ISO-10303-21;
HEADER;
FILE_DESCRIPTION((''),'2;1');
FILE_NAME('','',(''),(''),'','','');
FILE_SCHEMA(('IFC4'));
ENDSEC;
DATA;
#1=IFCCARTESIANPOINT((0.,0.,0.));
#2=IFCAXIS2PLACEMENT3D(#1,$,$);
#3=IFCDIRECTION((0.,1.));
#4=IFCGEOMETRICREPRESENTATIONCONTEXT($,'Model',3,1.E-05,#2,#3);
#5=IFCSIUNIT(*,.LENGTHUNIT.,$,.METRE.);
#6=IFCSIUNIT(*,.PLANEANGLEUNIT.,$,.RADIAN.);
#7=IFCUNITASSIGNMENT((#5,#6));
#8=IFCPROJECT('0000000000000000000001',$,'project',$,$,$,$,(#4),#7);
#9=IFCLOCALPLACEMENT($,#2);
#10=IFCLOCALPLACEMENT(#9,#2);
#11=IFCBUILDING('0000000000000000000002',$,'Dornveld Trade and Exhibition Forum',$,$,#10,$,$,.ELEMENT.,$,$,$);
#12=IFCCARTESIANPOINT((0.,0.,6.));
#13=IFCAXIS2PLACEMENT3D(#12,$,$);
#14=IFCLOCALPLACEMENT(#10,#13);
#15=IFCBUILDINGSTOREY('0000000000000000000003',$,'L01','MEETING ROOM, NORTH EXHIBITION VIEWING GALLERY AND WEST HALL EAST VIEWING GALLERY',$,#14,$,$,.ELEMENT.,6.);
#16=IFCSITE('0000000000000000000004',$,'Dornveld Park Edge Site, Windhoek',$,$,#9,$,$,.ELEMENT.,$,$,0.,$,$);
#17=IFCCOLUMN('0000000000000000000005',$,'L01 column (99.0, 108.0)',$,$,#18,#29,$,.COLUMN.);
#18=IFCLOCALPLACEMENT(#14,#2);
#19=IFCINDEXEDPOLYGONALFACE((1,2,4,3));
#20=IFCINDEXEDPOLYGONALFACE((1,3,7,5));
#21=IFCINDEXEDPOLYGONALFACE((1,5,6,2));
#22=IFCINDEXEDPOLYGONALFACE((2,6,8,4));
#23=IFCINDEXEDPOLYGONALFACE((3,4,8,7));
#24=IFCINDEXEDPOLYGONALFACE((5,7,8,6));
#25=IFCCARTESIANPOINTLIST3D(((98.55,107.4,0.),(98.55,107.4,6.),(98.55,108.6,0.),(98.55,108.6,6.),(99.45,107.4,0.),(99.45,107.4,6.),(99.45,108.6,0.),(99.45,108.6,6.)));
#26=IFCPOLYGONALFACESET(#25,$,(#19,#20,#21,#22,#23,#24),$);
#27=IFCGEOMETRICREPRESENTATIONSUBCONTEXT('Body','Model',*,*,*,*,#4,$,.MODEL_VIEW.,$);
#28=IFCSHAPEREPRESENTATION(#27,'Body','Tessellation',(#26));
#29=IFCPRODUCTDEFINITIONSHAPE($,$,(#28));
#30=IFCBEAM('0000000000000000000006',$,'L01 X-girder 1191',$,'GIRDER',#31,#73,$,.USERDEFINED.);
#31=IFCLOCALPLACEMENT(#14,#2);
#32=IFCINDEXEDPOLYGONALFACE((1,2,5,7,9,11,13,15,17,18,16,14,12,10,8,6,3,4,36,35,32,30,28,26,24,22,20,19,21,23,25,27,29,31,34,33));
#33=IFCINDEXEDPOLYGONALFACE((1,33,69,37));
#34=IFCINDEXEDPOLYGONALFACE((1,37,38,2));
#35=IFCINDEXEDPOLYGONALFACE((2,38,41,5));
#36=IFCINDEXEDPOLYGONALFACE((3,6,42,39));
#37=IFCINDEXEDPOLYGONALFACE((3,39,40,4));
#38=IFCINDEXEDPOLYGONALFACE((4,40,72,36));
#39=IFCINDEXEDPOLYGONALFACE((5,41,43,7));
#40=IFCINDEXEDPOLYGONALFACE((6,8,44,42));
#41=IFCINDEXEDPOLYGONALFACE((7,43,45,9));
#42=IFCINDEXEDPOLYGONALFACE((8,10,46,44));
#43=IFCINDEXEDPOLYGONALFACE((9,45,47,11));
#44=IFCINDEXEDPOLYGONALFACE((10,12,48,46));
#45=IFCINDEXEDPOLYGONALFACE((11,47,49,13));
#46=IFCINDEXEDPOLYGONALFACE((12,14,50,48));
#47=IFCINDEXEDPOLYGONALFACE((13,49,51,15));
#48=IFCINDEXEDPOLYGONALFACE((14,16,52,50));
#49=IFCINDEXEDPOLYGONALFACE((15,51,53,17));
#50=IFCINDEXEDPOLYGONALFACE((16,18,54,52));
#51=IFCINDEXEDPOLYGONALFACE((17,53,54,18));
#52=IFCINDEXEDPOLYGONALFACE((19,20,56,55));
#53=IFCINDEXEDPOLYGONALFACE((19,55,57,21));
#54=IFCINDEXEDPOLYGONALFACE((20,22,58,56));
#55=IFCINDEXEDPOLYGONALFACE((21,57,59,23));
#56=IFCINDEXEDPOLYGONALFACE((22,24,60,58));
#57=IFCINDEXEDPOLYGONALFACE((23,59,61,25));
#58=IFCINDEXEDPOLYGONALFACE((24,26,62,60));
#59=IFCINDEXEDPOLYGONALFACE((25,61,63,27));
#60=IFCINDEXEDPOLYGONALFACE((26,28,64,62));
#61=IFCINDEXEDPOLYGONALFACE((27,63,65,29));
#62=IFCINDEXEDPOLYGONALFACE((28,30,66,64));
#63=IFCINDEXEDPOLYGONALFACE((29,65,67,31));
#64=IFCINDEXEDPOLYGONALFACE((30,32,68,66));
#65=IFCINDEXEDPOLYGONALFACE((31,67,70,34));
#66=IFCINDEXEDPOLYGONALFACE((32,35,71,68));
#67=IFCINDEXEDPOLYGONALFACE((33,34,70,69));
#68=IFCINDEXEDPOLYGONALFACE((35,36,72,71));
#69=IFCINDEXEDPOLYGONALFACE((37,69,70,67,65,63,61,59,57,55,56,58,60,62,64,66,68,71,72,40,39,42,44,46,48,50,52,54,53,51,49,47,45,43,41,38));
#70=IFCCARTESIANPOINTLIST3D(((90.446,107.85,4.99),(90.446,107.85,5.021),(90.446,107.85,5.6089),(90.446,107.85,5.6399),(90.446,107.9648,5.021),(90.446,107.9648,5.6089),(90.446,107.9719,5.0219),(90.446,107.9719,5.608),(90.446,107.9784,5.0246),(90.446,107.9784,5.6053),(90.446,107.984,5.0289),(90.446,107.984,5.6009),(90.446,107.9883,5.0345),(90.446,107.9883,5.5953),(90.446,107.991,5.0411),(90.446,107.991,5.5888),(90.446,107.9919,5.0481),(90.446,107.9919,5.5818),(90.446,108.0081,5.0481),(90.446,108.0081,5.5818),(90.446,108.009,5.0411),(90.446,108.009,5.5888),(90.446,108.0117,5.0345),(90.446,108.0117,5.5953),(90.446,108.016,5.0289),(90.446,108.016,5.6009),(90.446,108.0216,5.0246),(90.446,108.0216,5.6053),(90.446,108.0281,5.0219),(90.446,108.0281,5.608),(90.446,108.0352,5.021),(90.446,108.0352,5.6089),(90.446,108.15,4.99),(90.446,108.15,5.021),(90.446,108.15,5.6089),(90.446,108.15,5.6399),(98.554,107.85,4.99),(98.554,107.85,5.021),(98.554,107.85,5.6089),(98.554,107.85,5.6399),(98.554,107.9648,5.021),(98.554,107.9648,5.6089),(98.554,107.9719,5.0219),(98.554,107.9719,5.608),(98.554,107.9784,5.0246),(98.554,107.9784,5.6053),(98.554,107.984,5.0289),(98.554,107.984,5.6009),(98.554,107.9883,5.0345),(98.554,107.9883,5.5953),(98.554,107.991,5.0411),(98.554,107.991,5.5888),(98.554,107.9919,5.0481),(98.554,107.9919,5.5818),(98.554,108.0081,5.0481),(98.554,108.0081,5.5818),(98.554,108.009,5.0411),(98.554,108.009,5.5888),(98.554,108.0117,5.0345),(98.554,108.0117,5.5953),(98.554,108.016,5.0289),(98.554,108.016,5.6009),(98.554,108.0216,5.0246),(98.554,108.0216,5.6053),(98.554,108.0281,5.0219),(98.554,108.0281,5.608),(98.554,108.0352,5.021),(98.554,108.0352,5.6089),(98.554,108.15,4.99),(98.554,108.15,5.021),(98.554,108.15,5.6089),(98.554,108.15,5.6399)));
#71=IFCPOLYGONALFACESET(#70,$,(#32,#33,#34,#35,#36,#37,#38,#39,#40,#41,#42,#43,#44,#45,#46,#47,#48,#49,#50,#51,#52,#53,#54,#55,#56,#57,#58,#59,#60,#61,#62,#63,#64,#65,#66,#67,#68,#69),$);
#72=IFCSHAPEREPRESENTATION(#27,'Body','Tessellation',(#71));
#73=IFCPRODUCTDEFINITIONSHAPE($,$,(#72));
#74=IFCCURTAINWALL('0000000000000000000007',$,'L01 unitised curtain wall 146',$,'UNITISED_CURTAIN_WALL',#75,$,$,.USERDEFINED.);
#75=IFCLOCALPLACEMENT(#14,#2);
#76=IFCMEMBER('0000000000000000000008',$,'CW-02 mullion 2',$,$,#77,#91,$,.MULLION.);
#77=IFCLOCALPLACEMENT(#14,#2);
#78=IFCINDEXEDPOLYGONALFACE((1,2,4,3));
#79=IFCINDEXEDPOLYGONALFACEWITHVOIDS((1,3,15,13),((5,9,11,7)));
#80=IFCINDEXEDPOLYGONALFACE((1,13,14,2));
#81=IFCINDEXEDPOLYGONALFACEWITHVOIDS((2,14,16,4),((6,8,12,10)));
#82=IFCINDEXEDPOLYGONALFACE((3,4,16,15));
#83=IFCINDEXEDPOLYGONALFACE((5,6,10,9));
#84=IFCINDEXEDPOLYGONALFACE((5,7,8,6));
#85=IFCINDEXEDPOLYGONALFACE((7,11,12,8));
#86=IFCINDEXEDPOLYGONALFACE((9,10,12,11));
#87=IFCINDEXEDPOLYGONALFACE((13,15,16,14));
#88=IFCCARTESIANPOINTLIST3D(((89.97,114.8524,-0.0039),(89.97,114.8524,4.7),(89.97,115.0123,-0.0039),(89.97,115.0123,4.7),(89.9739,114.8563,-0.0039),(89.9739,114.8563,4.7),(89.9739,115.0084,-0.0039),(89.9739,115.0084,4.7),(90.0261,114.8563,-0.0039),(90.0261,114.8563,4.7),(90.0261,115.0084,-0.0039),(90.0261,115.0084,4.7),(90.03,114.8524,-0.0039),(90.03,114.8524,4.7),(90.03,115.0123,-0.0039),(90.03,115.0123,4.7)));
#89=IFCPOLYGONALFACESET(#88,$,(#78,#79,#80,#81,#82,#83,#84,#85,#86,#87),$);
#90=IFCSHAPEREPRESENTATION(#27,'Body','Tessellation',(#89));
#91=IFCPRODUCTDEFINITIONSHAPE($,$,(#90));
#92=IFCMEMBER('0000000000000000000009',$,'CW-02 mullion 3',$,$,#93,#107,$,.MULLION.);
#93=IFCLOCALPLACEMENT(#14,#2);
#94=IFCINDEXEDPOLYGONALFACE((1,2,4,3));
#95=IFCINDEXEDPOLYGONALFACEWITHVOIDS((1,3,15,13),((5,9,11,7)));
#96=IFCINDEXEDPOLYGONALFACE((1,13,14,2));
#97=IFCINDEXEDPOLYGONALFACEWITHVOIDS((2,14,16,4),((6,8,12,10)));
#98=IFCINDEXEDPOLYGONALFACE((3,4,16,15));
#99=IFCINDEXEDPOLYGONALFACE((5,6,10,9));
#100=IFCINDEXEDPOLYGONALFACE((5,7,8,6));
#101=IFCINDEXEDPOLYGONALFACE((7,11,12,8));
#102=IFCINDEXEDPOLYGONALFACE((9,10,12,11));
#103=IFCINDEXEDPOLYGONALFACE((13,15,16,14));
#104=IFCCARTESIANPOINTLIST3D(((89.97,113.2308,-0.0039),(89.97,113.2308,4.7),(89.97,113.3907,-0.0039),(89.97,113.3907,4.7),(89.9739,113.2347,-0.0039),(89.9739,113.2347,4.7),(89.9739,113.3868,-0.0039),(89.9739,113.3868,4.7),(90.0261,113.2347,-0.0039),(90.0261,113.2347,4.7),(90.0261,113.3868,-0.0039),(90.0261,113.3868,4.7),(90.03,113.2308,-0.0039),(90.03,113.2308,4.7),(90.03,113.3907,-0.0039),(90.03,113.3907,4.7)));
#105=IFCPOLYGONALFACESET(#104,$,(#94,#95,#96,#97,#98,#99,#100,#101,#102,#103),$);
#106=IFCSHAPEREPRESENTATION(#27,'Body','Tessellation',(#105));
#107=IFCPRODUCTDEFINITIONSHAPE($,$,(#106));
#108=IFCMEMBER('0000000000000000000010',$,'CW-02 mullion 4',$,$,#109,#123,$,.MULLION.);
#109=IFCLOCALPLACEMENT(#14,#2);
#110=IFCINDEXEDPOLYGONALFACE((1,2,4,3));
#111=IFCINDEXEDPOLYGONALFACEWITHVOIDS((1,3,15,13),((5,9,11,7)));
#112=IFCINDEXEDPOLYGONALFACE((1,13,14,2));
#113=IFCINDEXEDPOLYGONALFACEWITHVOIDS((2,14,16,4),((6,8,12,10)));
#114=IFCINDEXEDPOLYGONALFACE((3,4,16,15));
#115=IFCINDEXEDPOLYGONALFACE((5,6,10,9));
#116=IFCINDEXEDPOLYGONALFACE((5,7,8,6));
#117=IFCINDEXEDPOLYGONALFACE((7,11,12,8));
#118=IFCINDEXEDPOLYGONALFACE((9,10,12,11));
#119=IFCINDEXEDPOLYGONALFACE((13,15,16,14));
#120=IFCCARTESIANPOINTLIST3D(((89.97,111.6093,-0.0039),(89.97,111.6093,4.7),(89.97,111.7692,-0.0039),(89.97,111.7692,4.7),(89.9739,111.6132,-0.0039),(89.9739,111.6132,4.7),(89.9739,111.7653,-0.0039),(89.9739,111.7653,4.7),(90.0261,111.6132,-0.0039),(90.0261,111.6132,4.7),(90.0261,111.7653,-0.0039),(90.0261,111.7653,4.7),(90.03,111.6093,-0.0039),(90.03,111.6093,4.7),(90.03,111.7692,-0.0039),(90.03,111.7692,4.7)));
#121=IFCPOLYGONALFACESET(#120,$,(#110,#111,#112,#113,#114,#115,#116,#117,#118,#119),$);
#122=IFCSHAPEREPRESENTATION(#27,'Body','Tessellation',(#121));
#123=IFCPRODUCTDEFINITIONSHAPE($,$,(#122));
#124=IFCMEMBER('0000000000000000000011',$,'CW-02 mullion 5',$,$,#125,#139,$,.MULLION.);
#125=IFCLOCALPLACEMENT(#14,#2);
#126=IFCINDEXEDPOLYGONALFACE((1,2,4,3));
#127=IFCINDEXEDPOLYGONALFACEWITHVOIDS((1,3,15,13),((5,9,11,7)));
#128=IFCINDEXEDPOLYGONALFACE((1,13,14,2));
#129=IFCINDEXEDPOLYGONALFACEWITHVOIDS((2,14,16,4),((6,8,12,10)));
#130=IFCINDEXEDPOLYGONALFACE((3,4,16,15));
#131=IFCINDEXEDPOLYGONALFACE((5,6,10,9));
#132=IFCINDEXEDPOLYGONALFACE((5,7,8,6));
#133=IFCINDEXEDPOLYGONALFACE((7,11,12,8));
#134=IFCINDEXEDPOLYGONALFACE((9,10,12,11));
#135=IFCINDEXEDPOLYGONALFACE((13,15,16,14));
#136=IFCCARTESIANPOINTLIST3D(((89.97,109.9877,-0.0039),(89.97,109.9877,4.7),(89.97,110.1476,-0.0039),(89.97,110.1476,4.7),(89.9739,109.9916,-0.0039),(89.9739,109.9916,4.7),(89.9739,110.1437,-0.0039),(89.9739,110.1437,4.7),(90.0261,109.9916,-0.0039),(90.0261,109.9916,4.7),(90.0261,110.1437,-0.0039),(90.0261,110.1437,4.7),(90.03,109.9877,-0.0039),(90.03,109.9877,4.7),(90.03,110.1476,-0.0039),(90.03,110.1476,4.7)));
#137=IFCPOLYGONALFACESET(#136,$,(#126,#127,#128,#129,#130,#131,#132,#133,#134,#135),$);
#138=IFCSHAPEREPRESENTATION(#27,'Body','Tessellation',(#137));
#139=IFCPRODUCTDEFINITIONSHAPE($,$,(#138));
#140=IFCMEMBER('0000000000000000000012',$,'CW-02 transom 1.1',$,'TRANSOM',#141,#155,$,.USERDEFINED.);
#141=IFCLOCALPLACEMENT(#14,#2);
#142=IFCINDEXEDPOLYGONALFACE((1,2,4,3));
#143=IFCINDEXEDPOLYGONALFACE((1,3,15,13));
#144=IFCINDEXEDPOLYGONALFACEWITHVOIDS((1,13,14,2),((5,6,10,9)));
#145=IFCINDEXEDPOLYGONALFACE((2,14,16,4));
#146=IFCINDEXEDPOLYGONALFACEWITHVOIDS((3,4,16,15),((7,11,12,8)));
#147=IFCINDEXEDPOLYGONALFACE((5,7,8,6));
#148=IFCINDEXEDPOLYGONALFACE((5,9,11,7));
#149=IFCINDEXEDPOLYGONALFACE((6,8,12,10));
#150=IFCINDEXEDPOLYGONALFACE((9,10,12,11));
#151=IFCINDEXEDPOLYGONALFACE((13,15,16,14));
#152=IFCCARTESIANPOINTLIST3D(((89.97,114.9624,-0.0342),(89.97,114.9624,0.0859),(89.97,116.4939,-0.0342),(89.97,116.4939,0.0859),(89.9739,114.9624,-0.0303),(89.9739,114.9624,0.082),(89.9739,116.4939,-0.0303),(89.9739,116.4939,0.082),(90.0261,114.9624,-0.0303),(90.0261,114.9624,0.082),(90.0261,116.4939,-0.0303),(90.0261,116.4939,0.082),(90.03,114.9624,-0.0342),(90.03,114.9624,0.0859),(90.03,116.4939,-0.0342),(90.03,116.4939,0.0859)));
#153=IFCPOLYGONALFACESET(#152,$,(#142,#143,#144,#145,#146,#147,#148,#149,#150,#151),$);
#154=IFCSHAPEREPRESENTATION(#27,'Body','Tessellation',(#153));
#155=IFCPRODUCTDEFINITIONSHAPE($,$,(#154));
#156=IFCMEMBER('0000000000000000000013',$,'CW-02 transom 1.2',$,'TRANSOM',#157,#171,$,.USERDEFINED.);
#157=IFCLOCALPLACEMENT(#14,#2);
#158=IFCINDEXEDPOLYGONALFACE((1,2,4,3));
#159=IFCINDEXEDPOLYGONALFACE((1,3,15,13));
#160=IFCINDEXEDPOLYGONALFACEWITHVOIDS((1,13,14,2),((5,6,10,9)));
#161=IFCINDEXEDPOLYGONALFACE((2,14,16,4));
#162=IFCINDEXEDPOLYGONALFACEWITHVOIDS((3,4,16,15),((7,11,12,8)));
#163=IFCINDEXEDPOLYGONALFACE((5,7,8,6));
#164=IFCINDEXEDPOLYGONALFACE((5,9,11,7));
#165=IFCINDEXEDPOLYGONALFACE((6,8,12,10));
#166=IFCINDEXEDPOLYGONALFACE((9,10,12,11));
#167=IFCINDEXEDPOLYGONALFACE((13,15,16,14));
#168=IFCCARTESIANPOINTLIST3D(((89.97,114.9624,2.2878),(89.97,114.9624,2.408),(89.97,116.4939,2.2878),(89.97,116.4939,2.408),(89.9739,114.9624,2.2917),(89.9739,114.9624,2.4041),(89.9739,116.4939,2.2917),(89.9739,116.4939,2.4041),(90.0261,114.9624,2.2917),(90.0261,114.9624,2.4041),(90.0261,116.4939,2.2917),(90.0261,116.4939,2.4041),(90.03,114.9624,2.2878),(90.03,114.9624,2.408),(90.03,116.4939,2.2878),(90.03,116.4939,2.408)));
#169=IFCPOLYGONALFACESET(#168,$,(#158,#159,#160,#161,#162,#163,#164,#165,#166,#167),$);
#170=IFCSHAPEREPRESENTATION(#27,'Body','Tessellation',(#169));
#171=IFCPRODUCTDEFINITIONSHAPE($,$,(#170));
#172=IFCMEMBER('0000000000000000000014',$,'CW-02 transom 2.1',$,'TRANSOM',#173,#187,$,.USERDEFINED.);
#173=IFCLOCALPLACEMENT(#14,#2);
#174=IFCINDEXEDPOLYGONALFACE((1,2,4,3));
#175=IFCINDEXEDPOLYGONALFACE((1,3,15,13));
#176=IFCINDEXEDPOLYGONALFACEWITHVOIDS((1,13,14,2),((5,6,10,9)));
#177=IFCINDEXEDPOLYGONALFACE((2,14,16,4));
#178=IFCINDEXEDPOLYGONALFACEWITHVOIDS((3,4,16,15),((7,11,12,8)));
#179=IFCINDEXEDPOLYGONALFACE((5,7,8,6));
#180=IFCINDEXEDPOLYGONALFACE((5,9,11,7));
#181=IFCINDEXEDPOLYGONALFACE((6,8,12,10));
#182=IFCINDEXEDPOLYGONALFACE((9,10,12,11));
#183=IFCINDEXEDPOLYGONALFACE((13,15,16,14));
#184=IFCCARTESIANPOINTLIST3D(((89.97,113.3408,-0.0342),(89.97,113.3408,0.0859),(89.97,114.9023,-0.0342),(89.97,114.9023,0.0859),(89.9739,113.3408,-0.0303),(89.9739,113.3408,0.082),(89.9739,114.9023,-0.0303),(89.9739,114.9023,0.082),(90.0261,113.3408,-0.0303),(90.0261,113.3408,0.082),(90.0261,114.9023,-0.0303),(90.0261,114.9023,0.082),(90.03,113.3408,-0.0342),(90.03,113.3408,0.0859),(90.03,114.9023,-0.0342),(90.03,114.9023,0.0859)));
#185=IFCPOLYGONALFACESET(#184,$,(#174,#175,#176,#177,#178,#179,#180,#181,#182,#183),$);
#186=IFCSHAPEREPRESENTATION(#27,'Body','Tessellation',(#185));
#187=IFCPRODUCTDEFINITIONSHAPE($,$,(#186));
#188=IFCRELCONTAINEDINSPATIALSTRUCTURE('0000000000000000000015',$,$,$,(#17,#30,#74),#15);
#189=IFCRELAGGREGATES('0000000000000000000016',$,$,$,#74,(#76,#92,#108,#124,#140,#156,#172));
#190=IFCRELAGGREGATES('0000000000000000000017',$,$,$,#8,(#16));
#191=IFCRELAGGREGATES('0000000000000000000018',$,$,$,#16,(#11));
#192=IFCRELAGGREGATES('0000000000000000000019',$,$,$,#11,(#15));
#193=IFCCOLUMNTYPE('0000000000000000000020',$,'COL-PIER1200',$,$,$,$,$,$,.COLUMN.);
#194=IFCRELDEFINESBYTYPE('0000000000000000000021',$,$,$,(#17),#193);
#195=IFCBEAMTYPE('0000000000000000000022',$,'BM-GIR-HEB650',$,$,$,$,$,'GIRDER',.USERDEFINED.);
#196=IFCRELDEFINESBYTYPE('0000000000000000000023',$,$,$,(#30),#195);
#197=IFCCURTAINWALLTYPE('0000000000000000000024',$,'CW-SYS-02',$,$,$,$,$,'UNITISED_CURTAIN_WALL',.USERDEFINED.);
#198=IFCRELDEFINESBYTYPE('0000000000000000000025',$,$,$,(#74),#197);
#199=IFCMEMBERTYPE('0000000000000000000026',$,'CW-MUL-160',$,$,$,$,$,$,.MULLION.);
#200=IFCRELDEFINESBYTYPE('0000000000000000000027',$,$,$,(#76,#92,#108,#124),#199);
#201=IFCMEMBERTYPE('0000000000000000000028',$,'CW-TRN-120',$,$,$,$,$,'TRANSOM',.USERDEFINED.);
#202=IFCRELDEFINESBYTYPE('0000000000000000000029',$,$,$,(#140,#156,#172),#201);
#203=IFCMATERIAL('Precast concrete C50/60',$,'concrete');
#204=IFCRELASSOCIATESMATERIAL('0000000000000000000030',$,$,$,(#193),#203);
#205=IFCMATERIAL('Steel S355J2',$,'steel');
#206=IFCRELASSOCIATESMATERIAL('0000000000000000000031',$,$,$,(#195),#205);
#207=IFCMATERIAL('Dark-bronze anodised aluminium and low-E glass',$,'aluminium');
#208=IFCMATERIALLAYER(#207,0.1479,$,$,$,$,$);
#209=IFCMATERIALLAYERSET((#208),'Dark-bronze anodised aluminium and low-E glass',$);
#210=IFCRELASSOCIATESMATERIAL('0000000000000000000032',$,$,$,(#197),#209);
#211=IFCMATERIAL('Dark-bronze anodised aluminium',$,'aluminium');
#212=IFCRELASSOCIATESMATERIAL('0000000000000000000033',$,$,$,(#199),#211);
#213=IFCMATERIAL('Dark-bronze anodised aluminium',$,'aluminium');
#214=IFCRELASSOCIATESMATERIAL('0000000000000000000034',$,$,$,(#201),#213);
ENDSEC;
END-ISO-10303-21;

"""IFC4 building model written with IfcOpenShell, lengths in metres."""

from ifc_helpers import new_model, si_unit, direction, frame, origin, origin_2d, place, context, subcontext, project, spatial, rectangle, hollow_rectangle, i_section, extrude, material, layer, layer_set, material_profile, profile_set, type_object, element, aggregate, save


model = new_model("IFC4")

# Units and contexts
model_context = context("Model", 3, precision=1e-05, world=origin(), true_north=direction((0.0, 1.0)))
body_context = subcontext(model_context, "Body", "Model", "MODEL_VIEW")
ifc_project = project(units=[si_unit("LENGTHUNIT", "METRE"), si_unit("PLANEANGLEUNIT", "RADIAN")], contexts=[model_context])

# Site, building, storey
site_placement = place(None, origin())
site = spatial("IfcSite", under=ifc_project, at=site_placement, Name="Dornveld Park Edge Site, Windhoek", CompositionType="ELEMENT", RefElevation=0.0)
building_placement = place(site_placement, origin())
building = spatial("IfcBuilding", under=site, at=building_placement, Name="Dornveld Trade and Exhibition Forum", CompositionType="ELEMENT")
storey_placement = place(building_placement, frame((0.0, 0.0, 6.0)))
storey = spatial("IfcBuildingStorey", under=building, at=storey_placement, Name="L01", Description="MEETING ROOM, NORTH EXHIBITION VIEWING GALLERY AND WEST HALL EAST VIEWING GALLERY", CompositionType="ELEMENT", Elevation=6.0)

# Column
ifc_material_1 = material(Name="Precast concrete C50/60", Category="concrete")
ifc_material_profile_1 = material_profile(ifc_material_1, rectangle(XDim=1.2, YDim=0.8999, at=origin_2d()), Name="PC-PIER 1200x900")
ifc_profile_set_1 = profile_set([ifc_material_profile_1], Name="Precast concrete C50/60")
column_type = type_object("IfcColumnType", Name="COL-PIER1200", PredefinedType="COLUMN", material=ifc_profile_set_1)
column_placement = place(storey_placement, frame((99.0, 108.0, 0.0), z_axis=(0.0, 0.0, 1.0), x_axis=(0.0, 1.0, 0.0)))
element("IfcColumn", 1, at=column_placement, inside=storey, type_object=column_type, Name="L01 column (99.0, 108.0)", PredefinedType="COLUMN", context=body_context, shape_type="SweptSolid", body=[
    extrude(rectangle(XDim=1.2, YDim=0.8999, at=origin_2d()), origin(), (0.0, 0.0, 1.0), 6.0),
])

# Beam
ifc_material_2 = material(Name="Steel S355J2", Category="steel")
ifc_material_profile_2 = material_profile(ifc_material_2, i_section(OverallWidth=0.3, OverallDepth=0.6499, WebThickness=0.0161, FlangeThickness=0.031, FilletRadius=0.0271, at=origin_2d()), Name="HEB 650")
ifc_profile_set_2 = profile_set([ifc_material_profile_2], Name="Steel S355J2")
beam_type = type_object("IfcBeamType", Name="BM-GIR-HEB650", ElementType="GIRDER", PredefinedType="USERDEFINED", material=ifc_profile_set_2)
beam_placement = place(storey_placement, frame((90.446, 108.0, 5.3149), z_axis=(1.0, 0.0, 0.0), x_axis=(0.0, 1.0, 0.0)))
element("IfcBeam", 2, at=beam_placement, inside=storey, type_object=beam_type, Name="L01 X-girder 1191", ObjectType="GIRDER", PredefinedType="USERDEFINED", context=body_context, shape_type="SweptSolid", body=[
    extrude(i_section(OverallWidth=0.3, OverallDepth=0.6499, WebThickness=0.0161, FlangeThickness=0.031, FilletRadius=0.0271, at=origin_2d()), origin(), (0.0, 0.0, 1.0), 8.1079),
])

# Curtain wall, members
ifc_material_3 = material(Name="Dark-bronze anodised aluminium and low-E glass", Category="aluminium")
ifc_layer_1 = layer(ifc_material_3, 0.1479)
ifc_layer_set_1 = layer_set([ifc_layer_1], Name="Dark-bronze anodised aluminium and low-E glass")
curtain_wall_type = type_object("IfcCurtainWallType", Name="CW-SYS-02", ElementType="UNITISED_CURTAIN_WALL", PredefinedType="USERDEFINED", material=ifc_layer_set_1)
curtain_wall_placement = place(storey_placement, origin())
curtain_wall = element("IfcCurtainWall", 3, at=curtain_wall_placement, inside=storey, type_object=curtain_wall_type, Name="L01 unitised curtain wall 146", ObjectType="UNITISED_CURTAIN_WALL", PredefinedType="USERDEFINED")
ifc_material_4 = material(Name="Dark-bronze anodised aluminium", Category="aluminium")
ifc_material_profile_3 = material_profile(ifc_material_4, hollow_rectangle(XDim=0.0601, YDim=0.1599, WallThickness=0.0039, at=origin_2d()), Name="RHS 160x60x4")
ifc_profile_set_3 = profile_set([ifc_material_profile_3], Name="Dark-bronze anodised aluminium")
member_type_1 = type_object("IfcMemberType", Name="CW-MUL-160", PredefinedType="MULLION", material=ifc_profile_set_3)
member_1_placement = place(storey_placement, frame((90.0, 114.9324, -0.0039), z_axis=(0.0, 0.0, 1.0), x_axis=(1.0, 0.0, 0.0)))
member_1 = element("IfcMember", 4, at=member_1_placement, type_object=member_type_1, Name="CW-02 mullion 2", PredefinedType="MULLION", context=body_context, shape_type="SweptSolid", body=[
    extrude(hollow_rectangle(XDim=0.0601, YDim=0.1599, WallThickness=0.0039, at=origin_2d()), origin(), (0.0, 0.0, 1.0), 4.7039),
])
member_2_placement = place(storey_placement, frame((90.0, 113.3108, -0.0039), z_axis=(0.0, 0.0, 1.0), x_axis=(1.0, 0.0, 0.0)))
member_2 = element("IfcMember", 5, at=member_2_placement, type_object=member_type_1, Name="CW-02 mullion 3", PredefinedType="MULLION", context=body_context, shape_type="SweptSolid", body=[
    extrude(hollow_rectangle(XDim=0.0601, YDim=0.1599, WallThickness=0.0039, at=origin_2d()), origin(), (0.0, 0.0, 1.0), 4.7039),
])
member_3_placement = place(storey_placement, frame((90.0, 111.6892, -0.0039), z_axis=(0.0, 0.0, 1.0), x_axis=(1.0, 0.0, 0.0)))
member_3 = element("IfcMember", 6, at=member_3_placement, type_object=member_type_1, Name="CW-02 mullion 4", PredefinedType="MULLION", context=body_context, shape_type="SweptSolid", body=[
    extrude(hollow_rectangle(XDim=0.0601, YDim=0.1599, WallThickness=0.0039, at=origin_2d()), origin(), (0.0, 0.0, 1.0), 4.7039),
])
member_4_placement = place(storey_placement, frame((90.0, 110.0676, -0.0039), z_axis=(0.0, 0.0, 1.0), x_axis=(1.0, 0.0, 0.0)))
member_4 = element("IfcMember", 7, at=member_4_placement, type_object=member_type_1, Name="CW-02 mullion 5", PredefinedType="MULLION", context=body_context, shape_type="SweptSolid", body=[
    extrude(hollow_rectangle(XDim=0.0601, YDim=0.1599, WallThickness=0.0039, at=origin_2d()), origin(), (0.0, 0.0, 1.0), 4.7039),
])
ifc_material_5 = material(Name="Dark-bronze anodised aluminium", Category="aluminium")
ifc_material_profile_4 = material_profile(ifc_material_5, hollow_rectangle(XDim=0.0601, YDim=0.1201, WallThickness=0.0039, at=origin_2d()), Name="RHS 120x60x4")
ifc_profile_set_4 = profile_set([ifc_material_profile_4], Name="Dark-bronze anodised aluminium")
member_type_2 = type_object("IfcMemberType", Name="CW-TRN-120", ElementType="TRANSOM", PredefinedType="USERDEFINED", material=ifc_profile_set_4)
member_5_placement = place(storey_placement, frame((90.0, 116.4939, 0.0259), z_axis=(0.0, -1.0, 0.0), x_axis=(1.0, 0.0, 0.0)))
member_5 = element("IfcMember", 8, at=member_5_placement, type_object=member_type_2, Name="CW-02 transom 1.1", ObjectType="TRANSOM", PredefinedType="USERDEFINED", context=body_context, shape_type="SweptSolid", body=[
    extrude(hollow_rectangle(XDim=0.0601, YDim=0.1201, WallThickness=0.0039, at=origin_2d()), origin(), (0.0, 0.0, 1.0), 1.5315),
])
member_6_placement = place(storey_placement, frame((90.0, 116.4939, 2.3479), z_axis=(0.0, -1.0, 0.0), x_axis=(1.0, 0.0, 0.0)))
member_6 = element("IfcMember", 9, at=member_6_placement, type_object=member_type_2, Name="CW-02 transom 1.2", ObjectType="TRANSOM", PredefinedType="USERDEFINED", context=body_context, shape_type="SweptSolid", body=[
    extrude(hollow_rectangle(XDim=0.0601, YDim=0.1201, WallThickness=0.0039, at=origin_2d()), origin(), (0.0, 0.0, 1.0), 1.5315),
])
member_7_placement = place(storey_placement, frame((90.0, 114.9023, 0.0259), z_axis=(0.0, -1.0, 0.0), x_axis=(1.0, 0.0, 0.0)))
member_7 = element("IfcMember", 10, at=member_7_placement, type_object=member_type_2, Name="CW-02 transom 2.1", ObjectType="TRANSOM", PredefinedType="USERDEFINED", context=body_context, shape_type="SweptSolid", body=[
    extrude(hollow_rectangle(XDim=0.0601, YDim=0.1201, WallThickness=0.0039, at=origin_2d()), origin(), (0.0, 0.0, 1.0), 1.5615),
])

aggregate(curtain_wall, [member_1, member_2, member_3, member_4, member_5, member_6, member_7])

save(model, "model.ifc")
